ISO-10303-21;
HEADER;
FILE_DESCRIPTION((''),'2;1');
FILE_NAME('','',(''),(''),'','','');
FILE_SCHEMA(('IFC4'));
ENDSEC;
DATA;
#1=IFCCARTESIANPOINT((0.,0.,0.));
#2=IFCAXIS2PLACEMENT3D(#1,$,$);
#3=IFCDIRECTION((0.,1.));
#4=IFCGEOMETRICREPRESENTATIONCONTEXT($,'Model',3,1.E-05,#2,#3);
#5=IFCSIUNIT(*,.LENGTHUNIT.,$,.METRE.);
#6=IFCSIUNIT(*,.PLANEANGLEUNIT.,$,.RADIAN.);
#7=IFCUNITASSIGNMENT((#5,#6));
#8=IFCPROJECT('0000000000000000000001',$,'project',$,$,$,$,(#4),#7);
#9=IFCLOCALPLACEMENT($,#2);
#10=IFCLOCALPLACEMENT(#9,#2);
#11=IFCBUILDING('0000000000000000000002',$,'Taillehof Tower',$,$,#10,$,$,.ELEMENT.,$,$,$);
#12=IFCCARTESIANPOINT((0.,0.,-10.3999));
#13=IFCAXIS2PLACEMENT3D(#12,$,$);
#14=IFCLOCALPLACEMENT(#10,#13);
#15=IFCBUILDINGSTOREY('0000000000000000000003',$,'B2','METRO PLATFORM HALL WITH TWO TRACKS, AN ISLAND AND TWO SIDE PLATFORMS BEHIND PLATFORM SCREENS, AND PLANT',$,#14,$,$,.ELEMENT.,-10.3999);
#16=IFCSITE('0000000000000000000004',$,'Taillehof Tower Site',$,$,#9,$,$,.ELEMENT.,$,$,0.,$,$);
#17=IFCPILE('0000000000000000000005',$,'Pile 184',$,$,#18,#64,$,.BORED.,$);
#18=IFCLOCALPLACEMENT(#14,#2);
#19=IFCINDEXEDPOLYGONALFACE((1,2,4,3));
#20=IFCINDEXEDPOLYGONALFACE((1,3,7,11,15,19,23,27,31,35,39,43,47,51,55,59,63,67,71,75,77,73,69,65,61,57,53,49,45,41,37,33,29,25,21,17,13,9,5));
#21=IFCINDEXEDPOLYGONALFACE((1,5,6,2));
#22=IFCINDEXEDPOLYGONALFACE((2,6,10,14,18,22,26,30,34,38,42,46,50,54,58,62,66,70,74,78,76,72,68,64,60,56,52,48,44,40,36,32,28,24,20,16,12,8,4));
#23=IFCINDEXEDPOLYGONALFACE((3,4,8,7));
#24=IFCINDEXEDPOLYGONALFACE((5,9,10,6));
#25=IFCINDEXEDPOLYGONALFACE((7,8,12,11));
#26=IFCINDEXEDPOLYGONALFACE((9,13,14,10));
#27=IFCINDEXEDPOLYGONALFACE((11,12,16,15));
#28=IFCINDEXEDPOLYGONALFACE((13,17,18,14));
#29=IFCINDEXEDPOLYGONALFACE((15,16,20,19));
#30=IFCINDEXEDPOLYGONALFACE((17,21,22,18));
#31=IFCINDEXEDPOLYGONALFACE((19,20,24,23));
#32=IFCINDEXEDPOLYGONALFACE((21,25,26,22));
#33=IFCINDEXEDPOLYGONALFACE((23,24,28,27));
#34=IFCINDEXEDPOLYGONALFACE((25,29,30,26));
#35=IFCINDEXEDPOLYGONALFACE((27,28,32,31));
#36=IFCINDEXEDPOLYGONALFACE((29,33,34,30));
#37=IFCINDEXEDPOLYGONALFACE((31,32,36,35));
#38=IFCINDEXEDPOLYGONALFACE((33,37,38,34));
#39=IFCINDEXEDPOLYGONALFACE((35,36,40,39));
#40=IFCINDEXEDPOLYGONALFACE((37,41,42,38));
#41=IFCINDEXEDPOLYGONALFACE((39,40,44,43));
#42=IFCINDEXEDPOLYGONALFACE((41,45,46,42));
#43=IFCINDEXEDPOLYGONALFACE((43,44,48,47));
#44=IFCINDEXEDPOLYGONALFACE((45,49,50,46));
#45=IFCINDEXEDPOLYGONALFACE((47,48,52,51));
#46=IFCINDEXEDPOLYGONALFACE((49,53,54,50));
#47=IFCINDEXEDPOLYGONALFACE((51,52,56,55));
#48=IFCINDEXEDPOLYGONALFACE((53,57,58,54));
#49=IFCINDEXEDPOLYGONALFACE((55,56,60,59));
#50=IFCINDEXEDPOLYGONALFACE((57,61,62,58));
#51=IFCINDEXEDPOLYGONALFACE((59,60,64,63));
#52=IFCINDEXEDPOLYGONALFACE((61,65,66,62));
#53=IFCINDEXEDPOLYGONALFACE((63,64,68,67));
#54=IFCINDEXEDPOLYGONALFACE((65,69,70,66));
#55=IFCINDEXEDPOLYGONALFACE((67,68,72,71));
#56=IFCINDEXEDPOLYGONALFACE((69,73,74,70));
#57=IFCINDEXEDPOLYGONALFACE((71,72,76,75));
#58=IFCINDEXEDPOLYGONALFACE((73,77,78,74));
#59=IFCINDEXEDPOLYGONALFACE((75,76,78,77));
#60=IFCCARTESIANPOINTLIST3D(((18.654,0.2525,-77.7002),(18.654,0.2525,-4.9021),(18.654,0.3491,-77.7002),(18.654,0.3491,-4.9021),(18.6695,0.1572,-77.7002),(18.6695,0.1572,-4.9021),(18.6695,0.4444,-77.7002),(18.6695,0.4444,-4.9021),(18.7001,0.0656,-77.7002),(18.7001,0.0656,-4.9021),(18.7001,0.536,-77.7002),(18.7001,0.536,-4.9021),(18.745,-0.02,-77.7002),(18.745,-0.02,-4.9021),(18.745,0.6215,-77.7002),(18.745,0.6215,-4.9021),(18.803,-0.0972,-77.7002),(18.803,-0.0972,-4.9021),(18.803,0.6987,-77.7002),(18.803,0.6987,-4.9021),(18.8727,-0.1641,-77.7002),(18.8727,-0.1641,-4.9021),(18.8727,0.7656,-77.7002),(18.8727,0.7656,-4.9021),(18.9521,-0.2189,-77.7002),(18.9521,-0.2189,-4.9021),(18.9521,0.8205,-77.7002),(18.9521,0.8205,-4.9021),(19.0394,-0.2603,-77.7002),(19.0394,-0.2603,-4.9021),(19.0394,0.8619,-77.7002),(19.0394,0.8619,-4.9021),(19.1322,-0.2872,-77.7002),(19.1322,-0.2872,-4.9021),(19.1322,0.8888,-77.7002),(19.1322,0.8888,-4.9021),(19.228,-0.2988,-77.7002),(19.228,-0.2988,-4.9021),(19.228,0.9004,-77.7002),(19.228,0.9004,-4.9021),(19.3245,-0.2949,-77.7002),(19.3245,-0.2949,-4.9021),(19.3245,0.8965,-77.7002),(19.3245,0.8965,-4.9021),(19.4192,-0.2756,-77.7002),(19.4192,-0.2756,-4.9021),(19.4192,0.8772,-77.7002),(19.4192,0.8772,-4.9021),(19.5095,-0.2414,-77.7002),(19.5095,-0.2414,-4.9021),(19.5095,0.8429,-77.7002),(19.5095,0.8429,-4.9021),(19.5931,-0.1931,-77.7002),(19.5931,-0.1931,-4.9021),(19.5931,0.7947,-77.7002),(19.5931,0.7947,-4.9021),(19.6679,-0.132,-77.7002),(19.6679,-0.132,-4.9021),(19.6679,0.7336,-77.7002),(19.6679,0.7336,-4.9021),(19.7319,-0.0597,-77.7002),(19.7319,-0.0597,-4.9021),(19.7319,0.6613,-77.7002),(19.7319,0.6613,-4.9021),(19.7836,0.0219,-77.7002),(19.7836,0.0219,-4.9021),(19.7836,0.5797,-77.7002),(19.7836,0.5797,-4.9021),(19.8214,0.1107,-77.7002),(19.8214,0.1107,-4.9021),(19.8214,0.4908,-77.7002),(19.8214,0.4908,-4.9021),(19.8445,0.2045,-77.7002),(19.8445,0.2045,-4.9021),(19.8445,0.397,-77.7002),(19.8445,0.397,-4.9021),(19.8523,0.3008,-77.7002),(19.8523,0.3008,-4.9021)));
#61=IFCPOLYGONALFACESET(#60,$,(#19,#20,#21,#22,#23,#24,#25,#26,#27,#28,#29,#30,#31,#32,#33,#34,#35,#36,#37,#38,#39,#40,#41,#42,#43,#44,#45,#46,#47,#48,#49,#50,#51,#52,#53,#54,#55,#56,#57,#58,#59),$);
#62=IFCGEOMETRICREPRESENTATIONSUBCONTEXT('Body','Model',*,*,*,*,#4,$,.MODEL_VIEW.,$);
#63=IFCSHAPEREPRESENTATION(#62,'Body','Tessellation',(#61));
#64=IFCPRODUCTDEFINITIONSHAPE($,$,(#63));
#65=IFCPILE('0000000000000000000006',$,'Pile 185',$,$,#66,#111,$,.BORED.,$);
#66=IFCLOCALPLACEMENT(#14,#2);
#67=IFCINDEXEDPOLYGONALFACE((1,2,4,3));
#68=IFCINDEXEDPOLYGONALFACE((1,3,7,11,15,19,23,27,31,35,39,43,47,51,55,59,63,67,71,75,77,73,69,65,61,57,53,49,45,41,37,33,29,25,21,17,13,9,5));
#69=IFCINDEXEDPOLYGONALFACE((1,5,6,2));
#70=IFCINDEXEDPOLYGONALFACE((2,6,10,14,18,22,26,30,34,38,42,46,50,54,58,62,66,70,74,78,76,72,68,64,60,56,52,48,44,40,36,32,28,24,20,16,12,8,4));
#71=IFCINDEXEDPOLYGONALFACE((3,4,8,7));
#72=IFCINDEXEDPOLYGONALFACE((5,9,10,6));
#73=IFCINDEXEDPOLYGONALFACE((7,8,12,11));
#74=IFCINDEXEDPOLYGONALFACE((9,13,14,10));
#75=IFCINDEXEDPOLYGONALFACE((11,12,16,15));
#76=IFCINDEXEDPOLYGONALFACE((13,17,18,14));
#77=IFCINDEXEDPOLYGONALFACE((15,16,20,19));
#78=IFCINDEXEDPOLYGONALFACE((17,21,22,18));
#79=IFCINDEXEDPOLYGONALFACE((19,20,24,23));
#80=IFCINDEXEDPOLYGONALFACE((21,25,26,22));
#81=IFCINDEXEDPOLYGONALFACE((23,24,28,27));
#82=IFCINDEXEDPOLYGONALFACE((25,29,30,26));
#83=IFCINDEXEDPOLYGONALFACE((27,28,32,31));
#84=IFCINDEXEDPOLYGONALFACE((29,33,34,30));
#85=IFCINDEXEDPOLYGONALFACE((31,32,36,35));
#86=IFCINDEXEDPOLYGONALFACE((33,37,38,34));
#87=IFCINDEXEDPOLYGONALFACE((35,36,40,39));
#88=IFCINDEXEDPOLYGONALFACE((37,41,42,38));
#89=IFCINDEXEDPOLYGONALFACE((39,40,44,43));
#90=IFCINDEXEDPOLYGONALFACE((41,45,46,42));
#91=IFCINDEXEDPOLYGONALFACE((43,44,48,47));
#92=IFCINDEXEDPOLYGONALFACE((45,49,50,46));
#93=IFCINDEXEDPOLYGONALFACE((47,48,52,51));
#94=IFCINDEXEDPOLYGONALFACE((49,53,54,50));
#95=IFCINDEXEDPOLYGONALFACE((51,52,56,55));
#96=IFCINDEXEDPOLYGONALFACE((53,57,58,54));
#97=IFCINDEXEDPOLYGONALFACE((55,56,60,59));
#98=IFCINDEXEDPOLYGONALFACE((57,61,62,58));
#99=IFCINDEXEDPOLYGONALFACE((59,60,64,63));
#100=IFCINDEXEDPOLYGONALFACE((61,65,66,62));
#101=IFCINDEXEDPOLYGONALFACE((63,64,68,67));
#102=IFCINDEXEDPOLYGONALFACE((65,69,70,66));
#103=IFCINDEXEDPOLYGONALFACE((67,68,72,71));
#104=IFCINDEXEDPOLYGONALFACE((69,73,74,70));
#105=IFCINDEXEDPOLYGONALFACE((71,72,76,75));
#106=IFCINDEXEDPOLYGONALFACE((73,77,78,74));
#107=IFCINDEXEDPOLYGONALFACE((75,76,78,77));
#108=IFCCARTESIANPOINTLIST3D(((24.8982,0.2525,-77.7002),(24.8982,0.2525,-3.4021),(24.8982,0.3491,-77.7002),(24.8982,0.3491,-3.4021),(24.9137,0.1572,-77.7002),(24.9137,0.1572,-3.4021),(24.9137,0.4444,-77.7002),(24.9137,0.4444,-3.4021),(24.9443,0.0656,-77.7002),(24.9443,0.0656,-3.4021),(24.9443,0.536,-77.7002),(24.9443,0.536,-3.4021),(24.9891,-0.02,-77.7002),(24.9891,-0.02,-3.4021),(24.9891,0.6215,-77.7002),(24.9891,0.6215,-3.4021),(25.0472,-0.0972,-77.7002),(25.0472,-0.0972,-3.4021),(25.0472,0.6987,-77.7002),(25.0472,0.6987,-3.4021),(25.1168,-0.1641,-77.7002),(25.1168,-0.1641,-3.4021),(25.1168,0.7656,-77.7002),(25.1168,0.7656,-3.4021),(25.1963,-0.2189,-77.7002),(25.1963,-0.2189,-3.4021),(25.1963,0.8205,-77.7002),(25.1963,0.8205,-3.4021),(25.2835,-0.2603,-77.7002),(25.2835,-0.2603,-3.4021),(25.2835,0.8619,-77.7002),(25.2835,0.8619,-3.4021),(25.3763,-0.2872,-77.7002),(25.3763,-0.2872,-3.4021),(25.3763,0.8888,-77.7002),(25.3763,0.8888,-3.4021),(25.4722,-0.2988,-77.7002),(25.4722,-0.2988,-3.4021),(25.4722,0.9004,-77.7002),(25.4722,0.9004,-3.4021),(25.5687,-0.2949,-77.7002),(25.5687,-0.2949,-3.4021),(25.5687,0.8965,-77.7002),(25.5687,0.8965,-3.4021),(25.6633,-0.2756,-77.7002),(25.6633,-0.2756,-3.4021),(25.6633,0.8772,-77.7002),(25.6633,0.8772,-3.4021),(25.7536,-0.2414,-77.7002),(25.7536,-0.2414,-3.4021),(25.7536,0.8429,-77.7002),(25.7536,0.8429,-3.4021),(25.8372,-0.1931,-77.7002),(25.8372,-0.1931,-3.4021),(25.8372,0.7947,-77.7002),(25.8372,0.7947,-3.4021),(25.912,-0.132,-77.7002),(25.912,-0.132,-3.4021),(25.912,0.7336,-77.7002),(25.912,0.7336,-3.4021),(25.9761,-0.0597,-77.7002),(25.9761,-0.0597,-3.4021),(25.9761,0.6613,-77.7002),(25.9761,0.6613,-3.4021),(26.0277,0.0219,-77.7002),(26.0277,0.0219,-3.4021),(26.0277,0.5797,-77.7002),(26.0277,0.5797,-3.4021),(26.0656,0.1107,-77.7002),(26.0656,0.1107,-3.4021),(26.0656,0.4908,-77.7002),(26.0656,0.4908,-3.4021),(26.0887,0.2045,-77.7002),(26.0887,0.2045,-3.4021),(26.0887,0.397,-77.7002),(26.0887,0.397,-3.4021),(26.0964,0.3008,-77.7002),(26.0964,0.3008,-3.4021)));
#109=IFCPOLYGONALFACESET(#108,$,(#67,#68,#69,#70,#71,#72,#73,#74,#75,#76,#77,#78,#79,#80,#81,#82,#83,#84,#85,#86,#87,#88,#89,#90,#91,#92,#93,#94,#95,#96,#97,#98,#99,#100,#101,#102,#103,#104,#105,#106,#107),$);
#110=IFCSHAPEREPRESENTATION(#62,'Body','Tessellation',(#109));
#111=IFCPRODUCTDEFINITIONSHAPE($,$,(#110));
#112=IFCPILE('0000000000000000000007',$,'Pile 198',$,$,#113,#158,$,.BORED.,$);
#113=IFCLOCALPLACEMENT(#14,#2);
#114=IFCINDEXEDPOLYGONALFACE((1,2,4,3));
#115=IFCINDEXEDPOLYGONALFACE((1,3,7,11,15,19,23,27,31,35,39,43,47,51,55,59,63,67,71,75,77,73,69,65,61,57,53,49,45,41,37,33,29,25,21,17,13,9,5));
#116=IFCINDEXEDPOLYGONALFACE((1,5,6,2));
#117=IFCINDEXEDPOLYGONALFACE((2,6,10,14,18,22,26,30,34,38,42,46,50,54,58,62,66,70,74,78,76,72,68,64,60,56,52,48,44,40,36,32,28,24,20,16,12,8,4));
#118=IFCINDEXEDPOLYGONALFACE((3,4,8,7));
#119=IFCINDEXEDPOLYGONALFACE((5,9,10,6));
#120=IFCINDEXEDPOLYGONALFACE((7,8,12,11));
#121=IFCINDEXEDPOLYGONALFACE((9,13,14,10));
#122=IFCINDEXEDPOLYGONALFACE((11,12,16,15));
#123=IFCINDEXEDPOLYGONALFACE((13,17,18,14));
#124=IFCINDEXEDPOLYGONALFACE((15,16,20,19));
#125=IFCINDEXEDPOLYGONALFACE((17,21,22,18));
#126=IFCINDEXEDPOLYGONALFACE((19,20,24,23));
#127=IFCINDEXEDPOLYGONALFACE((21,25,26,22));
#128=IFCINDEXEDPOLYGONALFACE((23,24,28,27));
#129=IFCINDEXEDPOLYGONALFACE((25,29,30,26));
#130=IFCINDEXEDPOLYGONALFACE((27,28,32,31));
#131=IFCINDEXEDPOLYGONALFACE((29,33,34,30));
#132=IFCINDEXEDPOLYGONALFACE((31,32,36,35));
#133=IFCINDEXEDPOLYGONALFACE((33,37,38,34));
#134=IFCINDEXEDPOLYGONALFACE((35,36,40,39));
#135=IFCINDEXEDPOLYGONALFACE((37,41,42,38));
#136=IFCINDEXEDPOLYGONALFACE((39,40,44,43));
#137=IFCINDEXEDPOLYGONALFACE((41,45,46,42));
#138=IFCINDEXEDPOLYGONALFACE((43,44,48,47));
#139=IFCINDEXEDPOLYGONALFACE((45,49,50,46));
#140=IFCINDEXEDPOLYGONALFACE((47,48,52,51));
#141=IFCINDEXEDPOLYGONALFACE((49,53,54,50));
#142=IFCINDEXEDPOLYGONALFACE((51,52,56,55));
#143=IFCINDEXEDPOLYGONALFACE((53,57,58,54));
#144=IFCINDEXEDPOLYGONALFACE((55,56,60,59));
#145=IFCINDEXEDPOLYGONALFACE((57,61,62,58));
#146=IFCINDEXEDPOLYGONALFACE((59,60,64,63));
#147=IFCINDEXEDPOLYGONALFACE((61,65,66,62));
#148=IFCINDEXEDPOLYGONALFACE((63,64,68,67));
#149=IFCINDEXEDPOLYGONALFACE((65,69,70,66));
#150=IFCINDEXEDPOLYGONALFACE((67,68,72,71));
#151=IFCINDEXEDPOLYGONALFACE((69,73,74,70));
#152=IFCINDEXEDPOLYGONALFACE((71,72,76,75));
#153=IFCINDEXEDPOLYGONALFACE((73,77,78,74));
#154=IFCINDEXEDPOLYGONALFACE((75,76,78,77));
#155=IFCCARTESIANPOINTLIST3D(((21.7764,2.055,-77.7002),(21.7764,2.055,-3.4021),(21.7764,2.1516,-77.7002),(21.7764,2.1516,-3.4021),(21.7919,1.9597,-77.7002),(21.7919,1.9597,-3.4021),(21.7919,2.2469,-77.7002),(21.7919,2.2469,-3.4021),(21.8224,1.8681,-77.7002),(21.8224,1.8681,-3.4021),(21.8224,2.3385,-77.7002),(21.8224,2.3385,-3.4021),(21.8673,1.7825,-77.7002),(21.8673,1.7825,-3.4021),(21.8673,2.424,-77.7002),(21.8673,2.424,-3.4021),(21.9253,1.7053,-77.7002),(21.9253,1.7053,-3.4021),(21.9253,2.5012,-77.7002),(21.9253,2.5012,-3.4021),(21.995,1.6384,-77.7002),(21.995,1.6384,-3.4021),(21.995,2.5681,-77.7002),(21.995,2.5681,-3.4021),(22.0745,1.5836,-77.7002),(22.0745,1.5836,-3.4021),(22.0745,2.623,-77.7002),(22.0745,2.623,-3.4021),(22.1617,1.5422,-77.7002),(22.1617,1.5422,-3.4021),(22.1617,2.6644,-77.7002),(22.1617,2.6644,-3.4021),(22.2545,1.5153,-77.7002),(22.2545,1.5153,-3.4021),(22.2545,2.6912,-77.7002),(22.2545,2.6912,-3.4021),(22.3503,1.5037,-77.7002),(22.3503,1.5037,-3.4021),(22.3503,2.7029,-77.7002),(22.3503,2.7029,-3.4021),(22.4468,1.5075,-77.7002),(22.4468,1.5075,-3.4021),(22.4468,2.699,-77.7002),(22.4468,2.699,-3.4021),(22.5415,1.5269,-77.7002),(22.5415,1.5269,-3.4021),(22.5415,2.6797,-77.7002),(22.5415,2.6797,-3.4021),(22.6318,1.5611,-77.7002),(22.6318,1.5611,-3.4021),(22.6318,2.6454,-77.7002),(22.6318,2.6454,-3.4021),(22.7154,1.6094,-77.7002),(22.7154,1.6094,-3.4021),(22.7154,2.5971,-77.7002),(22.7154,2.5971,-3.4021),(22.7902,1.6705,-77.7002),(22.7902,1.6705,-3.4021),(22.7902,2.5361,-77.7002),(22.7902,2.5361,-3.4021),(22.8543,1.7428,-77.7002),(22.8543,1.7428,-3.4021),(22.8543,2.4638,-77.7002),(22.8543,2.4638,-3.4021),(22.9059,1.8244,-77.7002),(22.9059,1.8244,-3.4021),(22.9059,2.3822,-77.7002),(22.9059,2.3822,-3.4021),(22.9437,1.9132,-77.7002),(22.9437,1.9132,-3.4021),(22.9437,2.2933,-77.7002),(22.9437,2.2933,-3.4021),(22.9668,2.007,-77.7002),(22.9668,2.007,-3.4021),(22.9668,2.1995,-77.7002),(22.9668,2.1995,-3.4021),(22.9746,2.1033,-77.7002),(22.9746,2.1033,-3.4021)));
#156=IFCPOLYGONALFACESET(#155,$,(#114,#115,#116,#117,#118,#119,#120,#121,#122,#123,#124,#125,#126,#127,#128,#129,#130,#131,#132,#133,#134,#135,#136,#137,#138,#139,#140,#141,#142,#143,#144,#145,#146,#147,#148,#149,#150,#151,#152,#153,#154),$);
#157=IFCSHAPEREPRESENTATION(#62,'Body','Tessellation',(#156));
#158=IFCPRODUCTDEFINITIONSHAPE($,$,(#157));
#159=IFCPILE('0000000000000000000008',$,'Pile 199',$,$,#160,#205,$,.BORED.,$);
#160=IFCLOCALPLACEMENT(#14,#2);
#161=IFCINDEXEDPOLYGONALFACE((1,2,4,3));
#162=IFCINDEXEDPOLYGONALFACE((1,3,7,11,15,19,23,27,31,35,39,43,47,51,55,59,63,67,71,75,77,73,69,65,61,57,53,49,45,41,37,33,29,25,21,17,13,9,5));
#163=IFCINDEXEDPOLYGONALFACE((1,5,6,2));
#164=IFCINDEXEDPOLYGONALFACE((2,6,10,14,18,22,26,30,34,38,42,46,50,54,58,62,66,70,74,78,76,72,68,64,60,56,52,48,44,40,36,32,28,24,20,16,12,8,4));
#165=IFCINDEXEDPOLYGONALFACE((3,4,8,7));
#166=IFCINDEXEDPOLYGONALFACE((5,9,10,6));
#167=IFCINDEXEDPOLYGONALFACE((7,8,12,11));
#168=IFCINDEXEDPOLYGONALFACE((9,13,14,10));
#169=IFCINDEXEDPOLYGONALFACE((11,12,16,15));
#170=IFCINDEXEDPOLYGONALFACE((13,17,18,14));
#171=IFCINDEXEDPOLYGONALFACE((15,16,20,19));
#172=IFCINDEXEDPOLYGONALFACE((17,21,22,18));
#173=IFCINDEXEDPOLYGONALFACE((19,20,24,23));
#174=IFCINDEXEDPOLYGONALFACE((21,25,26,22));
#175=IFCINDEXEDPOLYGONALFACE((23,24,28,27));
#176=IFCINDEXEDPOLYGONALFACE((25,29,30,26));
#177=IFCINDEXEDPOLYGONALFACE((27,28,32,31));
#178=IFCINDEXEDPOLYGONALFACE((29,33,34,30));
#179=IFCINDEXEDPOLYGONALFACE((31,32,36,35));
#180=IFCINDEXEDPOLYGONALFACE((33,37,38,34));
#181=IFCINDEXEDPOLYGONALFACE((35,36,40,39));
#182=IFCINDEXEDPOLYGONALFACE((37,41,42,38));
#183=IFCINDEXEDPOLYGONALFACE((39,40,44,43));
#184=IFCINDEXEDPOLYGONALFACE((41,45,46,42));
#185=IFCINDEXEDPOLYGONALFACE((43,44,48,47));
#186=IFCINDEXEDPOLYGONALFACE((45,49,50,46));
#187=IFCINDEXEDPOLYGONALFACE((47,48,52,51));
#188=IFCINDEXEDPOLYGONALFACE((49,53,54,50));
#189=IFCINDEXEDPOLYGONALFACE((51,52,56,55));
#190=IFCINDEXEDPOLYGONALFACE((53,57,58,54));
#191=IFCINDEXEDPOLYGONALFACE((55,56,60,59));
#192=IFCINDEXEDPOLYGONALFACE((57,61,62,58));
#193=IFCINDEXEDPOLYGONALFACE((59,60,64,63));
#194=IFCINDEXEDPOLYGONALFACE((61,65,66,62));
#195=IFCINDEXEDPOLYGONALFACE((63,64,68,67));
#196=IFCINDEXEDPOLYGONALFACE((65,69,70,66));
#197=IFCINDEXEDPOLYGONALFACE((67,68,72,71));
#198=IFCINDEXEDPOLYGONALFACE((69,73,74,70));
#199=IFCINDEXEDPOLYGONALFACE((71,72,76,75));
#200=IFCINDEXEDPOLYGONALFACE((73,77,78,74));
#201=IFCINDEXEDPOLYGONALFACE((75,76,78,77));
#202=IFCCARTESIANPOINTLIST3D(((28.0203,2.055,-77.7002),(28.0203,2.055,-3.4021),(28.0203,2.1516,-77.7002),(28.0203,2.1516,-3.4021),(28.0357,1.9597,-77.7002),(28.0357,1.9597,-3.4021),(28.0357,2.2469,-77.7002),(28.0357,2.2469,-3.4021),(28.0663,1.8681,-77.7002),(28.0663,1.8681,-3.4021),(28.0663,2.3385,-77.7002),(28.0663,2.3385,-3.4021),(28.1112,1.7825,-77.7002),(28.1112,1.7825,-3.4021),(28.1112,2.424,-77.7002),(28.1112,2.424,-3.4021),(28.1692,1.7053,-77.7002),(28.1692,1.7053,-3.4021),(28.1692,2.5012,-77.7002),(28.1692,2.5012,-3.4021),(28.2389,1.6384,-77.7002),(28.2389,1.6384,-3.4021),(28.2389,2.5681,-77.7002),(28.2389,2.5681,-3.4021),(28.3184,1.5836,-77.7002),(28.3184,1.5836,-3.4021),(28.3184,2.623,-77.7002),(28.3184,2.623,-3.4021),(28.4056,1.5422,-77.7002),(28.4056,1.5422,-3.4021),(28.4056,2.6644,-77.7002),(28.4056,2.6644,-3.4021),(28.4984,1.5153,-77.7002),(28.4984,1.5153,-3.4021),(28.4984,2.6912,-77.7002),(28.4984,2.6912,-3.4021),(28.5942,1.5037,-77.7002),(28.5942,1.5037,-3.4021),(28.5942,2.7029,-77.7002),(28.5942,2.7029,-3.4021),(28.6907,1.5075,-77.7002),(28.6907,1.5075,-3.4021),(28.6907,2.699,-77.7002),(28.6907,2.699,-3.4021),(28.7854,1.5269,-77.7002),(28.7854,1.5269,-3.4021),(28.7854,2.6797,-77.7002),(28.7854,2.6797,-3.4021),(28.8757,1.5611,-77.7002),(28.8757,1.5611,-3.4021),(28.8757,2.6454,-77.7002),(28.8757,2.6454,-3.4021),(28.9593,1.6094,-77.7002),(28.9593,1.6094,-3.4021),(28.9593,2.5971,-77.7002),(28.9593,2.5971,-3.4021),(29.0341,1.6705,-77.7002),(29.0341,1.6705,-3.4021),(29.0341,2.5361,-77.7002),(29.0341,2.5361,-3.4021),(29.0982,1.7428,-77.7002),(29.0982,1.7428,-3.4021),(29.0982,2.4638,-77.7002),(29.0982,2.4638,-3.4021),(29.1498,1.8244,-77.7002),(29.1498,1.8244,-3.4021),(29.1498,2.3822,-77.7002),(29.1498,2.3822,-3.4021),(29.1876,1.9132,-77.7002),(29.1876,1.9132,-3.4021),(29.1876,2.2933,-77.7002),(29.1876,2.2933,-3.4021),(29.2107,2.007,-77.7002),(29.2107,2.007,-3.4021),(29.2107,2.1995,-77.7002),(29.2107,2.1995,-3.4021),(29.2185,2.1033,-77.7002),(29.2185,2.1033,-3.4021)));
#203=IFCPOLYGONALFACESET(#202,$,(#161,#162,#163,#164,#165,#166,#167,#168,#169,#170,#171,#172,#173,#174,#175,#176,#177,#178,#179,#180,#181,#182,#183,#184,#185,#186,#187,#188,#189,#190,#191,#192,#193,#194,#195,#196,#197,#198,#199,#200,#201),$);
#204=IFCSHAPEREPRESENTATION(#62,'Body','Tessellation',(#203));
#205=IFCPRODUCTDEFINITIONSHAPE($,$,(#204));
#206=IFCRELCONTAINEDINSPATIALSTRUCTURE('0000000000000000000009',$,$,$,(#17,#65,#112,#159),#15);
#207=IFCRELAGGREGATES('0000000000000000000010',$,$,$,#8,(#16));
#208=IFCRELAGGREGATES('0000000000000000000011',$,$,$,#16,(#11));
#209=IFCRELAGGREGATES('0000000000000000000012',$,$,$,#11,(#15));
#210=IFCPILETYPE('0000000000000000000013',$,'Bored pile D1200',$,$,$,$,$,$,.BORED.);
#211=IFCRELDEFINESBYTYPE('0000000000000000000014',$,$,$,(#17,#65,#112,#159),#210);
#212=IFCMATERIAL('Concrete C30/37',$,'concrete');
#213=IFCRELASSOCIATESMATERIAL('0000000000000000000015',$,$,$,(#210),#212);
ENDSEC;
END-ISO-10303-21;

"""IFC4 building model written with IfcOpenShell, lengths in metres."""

from ifc_helpers import new_model, si_unit, direction, frame, origin, origin_2d, place, context, subcontext, project, spatial, circle, extrude, material, material_profile, profile_set, type_object, element, save


model = new_model("IFC4")

# Units and contexts
model_context = context("Model", 3, precision=1e-05, world=origin(), true_north=direction((0.0, 1.0)))
body_context = subcontext(model_context, "Body", "Model", "MODEL_VIEW")
ifc_project = project(units=[si_unit("LENGTHUNIT", "METRE"), si_unit("PLANEANGLEUNIT", "RADIAN")], contexts=[model_context])

# Site, building, storey
site_placement = place(None, origin())
site = spatial("IfcSite", under=ifc_project, at=site_placement, Name="Taillehof Tower Site", CompositionType="ELEMENT", RefElevation=0.0)
building_placement = place(site_placement, origin())
building = spatial("IfcBuilding", under=site, at=building_placement, Name="Taillehof Tower", CompositionType="ELEMENT")
storey_placement = place(building_placement, frame((0.0, 0.0, -10.3999)))
storey = spatial("IfcBuildingStorey", under=building, at=storey_placement, Name="B2", Description="METRO PLATFORM HALL WITH TWO TRACKS, AN ISLAND AND TWO SIDE PLATFORMS BEHIND PLATFORM SCREENS, AND PLANT", CompositionType="ELEMENT", Elevation=-10.3999)

# Piles
ifc_material_1 = material(Name="Concrete C30/37", Category="concrete")
ifc_material_profile_1 = material_profile(ifc_material_1, circle(Radius=0.6001, at=origin_2d()), Name="BP D1200")
ifc_profile_set_1 = profile_set([ifc_material_profile_1], Name="Concrete C30/37")
pile_type = type_object("IfcPileType", Name="Bored pile D1200", PredefinedType="BORED", material=ifc_profile_set_1)
pile_1_placement = place(storey_placement, frame((19.2522, 0.3008, -4.9021), z_axis=(0.0, 0.0, -1.0), x_axis=(1.0, 0.0, 0.0)))
element("IfcPile", 1, at=pile_1_placement, inside=storey, type_object=pile_type, Name="Pile 184", PredefinedType="BORED", context=body_context, shape_type="SweptSolid", body=[
    extrude(circle(Radius=0.6001, at=origin_2d()), origin(), (0.0, 0.0, 1.0), 72.7981),
])
for number, where, z_axis, x_axis, name in (
    (2, (25.4963, 0.3008, -3.4021), (0.0, 0.0, -1.0), (1.0, 0.0, 0.0), "Pile 185"),
    (3, (22.3745, 2.1033, -3.4021), (0.0, 0.0, -1.0), (1.0, 0.0, 0.0), "Pile 198"),
    (4, (28.6184, 2.1033, -3.4021), (0.0, 0.0, -1.0), (1.0, 0.0, 0.0), "Pile 199"),
):
    element("IfcPile", number, at=place(storey_placement, frame(where, z_axis=z_axis, x_axis=x_axis)), inside=storey, type_object=pile_type, Name=name, PredefinedType="BORED", context=body_context, shape_type="SweptSolid", body=[
        extrude(circle(Radius=0.6001, at=origin_2d()), origin(), (0.0, 0.0, 1.0), 74.2981),
    ])

save(model, "model.ifc")
